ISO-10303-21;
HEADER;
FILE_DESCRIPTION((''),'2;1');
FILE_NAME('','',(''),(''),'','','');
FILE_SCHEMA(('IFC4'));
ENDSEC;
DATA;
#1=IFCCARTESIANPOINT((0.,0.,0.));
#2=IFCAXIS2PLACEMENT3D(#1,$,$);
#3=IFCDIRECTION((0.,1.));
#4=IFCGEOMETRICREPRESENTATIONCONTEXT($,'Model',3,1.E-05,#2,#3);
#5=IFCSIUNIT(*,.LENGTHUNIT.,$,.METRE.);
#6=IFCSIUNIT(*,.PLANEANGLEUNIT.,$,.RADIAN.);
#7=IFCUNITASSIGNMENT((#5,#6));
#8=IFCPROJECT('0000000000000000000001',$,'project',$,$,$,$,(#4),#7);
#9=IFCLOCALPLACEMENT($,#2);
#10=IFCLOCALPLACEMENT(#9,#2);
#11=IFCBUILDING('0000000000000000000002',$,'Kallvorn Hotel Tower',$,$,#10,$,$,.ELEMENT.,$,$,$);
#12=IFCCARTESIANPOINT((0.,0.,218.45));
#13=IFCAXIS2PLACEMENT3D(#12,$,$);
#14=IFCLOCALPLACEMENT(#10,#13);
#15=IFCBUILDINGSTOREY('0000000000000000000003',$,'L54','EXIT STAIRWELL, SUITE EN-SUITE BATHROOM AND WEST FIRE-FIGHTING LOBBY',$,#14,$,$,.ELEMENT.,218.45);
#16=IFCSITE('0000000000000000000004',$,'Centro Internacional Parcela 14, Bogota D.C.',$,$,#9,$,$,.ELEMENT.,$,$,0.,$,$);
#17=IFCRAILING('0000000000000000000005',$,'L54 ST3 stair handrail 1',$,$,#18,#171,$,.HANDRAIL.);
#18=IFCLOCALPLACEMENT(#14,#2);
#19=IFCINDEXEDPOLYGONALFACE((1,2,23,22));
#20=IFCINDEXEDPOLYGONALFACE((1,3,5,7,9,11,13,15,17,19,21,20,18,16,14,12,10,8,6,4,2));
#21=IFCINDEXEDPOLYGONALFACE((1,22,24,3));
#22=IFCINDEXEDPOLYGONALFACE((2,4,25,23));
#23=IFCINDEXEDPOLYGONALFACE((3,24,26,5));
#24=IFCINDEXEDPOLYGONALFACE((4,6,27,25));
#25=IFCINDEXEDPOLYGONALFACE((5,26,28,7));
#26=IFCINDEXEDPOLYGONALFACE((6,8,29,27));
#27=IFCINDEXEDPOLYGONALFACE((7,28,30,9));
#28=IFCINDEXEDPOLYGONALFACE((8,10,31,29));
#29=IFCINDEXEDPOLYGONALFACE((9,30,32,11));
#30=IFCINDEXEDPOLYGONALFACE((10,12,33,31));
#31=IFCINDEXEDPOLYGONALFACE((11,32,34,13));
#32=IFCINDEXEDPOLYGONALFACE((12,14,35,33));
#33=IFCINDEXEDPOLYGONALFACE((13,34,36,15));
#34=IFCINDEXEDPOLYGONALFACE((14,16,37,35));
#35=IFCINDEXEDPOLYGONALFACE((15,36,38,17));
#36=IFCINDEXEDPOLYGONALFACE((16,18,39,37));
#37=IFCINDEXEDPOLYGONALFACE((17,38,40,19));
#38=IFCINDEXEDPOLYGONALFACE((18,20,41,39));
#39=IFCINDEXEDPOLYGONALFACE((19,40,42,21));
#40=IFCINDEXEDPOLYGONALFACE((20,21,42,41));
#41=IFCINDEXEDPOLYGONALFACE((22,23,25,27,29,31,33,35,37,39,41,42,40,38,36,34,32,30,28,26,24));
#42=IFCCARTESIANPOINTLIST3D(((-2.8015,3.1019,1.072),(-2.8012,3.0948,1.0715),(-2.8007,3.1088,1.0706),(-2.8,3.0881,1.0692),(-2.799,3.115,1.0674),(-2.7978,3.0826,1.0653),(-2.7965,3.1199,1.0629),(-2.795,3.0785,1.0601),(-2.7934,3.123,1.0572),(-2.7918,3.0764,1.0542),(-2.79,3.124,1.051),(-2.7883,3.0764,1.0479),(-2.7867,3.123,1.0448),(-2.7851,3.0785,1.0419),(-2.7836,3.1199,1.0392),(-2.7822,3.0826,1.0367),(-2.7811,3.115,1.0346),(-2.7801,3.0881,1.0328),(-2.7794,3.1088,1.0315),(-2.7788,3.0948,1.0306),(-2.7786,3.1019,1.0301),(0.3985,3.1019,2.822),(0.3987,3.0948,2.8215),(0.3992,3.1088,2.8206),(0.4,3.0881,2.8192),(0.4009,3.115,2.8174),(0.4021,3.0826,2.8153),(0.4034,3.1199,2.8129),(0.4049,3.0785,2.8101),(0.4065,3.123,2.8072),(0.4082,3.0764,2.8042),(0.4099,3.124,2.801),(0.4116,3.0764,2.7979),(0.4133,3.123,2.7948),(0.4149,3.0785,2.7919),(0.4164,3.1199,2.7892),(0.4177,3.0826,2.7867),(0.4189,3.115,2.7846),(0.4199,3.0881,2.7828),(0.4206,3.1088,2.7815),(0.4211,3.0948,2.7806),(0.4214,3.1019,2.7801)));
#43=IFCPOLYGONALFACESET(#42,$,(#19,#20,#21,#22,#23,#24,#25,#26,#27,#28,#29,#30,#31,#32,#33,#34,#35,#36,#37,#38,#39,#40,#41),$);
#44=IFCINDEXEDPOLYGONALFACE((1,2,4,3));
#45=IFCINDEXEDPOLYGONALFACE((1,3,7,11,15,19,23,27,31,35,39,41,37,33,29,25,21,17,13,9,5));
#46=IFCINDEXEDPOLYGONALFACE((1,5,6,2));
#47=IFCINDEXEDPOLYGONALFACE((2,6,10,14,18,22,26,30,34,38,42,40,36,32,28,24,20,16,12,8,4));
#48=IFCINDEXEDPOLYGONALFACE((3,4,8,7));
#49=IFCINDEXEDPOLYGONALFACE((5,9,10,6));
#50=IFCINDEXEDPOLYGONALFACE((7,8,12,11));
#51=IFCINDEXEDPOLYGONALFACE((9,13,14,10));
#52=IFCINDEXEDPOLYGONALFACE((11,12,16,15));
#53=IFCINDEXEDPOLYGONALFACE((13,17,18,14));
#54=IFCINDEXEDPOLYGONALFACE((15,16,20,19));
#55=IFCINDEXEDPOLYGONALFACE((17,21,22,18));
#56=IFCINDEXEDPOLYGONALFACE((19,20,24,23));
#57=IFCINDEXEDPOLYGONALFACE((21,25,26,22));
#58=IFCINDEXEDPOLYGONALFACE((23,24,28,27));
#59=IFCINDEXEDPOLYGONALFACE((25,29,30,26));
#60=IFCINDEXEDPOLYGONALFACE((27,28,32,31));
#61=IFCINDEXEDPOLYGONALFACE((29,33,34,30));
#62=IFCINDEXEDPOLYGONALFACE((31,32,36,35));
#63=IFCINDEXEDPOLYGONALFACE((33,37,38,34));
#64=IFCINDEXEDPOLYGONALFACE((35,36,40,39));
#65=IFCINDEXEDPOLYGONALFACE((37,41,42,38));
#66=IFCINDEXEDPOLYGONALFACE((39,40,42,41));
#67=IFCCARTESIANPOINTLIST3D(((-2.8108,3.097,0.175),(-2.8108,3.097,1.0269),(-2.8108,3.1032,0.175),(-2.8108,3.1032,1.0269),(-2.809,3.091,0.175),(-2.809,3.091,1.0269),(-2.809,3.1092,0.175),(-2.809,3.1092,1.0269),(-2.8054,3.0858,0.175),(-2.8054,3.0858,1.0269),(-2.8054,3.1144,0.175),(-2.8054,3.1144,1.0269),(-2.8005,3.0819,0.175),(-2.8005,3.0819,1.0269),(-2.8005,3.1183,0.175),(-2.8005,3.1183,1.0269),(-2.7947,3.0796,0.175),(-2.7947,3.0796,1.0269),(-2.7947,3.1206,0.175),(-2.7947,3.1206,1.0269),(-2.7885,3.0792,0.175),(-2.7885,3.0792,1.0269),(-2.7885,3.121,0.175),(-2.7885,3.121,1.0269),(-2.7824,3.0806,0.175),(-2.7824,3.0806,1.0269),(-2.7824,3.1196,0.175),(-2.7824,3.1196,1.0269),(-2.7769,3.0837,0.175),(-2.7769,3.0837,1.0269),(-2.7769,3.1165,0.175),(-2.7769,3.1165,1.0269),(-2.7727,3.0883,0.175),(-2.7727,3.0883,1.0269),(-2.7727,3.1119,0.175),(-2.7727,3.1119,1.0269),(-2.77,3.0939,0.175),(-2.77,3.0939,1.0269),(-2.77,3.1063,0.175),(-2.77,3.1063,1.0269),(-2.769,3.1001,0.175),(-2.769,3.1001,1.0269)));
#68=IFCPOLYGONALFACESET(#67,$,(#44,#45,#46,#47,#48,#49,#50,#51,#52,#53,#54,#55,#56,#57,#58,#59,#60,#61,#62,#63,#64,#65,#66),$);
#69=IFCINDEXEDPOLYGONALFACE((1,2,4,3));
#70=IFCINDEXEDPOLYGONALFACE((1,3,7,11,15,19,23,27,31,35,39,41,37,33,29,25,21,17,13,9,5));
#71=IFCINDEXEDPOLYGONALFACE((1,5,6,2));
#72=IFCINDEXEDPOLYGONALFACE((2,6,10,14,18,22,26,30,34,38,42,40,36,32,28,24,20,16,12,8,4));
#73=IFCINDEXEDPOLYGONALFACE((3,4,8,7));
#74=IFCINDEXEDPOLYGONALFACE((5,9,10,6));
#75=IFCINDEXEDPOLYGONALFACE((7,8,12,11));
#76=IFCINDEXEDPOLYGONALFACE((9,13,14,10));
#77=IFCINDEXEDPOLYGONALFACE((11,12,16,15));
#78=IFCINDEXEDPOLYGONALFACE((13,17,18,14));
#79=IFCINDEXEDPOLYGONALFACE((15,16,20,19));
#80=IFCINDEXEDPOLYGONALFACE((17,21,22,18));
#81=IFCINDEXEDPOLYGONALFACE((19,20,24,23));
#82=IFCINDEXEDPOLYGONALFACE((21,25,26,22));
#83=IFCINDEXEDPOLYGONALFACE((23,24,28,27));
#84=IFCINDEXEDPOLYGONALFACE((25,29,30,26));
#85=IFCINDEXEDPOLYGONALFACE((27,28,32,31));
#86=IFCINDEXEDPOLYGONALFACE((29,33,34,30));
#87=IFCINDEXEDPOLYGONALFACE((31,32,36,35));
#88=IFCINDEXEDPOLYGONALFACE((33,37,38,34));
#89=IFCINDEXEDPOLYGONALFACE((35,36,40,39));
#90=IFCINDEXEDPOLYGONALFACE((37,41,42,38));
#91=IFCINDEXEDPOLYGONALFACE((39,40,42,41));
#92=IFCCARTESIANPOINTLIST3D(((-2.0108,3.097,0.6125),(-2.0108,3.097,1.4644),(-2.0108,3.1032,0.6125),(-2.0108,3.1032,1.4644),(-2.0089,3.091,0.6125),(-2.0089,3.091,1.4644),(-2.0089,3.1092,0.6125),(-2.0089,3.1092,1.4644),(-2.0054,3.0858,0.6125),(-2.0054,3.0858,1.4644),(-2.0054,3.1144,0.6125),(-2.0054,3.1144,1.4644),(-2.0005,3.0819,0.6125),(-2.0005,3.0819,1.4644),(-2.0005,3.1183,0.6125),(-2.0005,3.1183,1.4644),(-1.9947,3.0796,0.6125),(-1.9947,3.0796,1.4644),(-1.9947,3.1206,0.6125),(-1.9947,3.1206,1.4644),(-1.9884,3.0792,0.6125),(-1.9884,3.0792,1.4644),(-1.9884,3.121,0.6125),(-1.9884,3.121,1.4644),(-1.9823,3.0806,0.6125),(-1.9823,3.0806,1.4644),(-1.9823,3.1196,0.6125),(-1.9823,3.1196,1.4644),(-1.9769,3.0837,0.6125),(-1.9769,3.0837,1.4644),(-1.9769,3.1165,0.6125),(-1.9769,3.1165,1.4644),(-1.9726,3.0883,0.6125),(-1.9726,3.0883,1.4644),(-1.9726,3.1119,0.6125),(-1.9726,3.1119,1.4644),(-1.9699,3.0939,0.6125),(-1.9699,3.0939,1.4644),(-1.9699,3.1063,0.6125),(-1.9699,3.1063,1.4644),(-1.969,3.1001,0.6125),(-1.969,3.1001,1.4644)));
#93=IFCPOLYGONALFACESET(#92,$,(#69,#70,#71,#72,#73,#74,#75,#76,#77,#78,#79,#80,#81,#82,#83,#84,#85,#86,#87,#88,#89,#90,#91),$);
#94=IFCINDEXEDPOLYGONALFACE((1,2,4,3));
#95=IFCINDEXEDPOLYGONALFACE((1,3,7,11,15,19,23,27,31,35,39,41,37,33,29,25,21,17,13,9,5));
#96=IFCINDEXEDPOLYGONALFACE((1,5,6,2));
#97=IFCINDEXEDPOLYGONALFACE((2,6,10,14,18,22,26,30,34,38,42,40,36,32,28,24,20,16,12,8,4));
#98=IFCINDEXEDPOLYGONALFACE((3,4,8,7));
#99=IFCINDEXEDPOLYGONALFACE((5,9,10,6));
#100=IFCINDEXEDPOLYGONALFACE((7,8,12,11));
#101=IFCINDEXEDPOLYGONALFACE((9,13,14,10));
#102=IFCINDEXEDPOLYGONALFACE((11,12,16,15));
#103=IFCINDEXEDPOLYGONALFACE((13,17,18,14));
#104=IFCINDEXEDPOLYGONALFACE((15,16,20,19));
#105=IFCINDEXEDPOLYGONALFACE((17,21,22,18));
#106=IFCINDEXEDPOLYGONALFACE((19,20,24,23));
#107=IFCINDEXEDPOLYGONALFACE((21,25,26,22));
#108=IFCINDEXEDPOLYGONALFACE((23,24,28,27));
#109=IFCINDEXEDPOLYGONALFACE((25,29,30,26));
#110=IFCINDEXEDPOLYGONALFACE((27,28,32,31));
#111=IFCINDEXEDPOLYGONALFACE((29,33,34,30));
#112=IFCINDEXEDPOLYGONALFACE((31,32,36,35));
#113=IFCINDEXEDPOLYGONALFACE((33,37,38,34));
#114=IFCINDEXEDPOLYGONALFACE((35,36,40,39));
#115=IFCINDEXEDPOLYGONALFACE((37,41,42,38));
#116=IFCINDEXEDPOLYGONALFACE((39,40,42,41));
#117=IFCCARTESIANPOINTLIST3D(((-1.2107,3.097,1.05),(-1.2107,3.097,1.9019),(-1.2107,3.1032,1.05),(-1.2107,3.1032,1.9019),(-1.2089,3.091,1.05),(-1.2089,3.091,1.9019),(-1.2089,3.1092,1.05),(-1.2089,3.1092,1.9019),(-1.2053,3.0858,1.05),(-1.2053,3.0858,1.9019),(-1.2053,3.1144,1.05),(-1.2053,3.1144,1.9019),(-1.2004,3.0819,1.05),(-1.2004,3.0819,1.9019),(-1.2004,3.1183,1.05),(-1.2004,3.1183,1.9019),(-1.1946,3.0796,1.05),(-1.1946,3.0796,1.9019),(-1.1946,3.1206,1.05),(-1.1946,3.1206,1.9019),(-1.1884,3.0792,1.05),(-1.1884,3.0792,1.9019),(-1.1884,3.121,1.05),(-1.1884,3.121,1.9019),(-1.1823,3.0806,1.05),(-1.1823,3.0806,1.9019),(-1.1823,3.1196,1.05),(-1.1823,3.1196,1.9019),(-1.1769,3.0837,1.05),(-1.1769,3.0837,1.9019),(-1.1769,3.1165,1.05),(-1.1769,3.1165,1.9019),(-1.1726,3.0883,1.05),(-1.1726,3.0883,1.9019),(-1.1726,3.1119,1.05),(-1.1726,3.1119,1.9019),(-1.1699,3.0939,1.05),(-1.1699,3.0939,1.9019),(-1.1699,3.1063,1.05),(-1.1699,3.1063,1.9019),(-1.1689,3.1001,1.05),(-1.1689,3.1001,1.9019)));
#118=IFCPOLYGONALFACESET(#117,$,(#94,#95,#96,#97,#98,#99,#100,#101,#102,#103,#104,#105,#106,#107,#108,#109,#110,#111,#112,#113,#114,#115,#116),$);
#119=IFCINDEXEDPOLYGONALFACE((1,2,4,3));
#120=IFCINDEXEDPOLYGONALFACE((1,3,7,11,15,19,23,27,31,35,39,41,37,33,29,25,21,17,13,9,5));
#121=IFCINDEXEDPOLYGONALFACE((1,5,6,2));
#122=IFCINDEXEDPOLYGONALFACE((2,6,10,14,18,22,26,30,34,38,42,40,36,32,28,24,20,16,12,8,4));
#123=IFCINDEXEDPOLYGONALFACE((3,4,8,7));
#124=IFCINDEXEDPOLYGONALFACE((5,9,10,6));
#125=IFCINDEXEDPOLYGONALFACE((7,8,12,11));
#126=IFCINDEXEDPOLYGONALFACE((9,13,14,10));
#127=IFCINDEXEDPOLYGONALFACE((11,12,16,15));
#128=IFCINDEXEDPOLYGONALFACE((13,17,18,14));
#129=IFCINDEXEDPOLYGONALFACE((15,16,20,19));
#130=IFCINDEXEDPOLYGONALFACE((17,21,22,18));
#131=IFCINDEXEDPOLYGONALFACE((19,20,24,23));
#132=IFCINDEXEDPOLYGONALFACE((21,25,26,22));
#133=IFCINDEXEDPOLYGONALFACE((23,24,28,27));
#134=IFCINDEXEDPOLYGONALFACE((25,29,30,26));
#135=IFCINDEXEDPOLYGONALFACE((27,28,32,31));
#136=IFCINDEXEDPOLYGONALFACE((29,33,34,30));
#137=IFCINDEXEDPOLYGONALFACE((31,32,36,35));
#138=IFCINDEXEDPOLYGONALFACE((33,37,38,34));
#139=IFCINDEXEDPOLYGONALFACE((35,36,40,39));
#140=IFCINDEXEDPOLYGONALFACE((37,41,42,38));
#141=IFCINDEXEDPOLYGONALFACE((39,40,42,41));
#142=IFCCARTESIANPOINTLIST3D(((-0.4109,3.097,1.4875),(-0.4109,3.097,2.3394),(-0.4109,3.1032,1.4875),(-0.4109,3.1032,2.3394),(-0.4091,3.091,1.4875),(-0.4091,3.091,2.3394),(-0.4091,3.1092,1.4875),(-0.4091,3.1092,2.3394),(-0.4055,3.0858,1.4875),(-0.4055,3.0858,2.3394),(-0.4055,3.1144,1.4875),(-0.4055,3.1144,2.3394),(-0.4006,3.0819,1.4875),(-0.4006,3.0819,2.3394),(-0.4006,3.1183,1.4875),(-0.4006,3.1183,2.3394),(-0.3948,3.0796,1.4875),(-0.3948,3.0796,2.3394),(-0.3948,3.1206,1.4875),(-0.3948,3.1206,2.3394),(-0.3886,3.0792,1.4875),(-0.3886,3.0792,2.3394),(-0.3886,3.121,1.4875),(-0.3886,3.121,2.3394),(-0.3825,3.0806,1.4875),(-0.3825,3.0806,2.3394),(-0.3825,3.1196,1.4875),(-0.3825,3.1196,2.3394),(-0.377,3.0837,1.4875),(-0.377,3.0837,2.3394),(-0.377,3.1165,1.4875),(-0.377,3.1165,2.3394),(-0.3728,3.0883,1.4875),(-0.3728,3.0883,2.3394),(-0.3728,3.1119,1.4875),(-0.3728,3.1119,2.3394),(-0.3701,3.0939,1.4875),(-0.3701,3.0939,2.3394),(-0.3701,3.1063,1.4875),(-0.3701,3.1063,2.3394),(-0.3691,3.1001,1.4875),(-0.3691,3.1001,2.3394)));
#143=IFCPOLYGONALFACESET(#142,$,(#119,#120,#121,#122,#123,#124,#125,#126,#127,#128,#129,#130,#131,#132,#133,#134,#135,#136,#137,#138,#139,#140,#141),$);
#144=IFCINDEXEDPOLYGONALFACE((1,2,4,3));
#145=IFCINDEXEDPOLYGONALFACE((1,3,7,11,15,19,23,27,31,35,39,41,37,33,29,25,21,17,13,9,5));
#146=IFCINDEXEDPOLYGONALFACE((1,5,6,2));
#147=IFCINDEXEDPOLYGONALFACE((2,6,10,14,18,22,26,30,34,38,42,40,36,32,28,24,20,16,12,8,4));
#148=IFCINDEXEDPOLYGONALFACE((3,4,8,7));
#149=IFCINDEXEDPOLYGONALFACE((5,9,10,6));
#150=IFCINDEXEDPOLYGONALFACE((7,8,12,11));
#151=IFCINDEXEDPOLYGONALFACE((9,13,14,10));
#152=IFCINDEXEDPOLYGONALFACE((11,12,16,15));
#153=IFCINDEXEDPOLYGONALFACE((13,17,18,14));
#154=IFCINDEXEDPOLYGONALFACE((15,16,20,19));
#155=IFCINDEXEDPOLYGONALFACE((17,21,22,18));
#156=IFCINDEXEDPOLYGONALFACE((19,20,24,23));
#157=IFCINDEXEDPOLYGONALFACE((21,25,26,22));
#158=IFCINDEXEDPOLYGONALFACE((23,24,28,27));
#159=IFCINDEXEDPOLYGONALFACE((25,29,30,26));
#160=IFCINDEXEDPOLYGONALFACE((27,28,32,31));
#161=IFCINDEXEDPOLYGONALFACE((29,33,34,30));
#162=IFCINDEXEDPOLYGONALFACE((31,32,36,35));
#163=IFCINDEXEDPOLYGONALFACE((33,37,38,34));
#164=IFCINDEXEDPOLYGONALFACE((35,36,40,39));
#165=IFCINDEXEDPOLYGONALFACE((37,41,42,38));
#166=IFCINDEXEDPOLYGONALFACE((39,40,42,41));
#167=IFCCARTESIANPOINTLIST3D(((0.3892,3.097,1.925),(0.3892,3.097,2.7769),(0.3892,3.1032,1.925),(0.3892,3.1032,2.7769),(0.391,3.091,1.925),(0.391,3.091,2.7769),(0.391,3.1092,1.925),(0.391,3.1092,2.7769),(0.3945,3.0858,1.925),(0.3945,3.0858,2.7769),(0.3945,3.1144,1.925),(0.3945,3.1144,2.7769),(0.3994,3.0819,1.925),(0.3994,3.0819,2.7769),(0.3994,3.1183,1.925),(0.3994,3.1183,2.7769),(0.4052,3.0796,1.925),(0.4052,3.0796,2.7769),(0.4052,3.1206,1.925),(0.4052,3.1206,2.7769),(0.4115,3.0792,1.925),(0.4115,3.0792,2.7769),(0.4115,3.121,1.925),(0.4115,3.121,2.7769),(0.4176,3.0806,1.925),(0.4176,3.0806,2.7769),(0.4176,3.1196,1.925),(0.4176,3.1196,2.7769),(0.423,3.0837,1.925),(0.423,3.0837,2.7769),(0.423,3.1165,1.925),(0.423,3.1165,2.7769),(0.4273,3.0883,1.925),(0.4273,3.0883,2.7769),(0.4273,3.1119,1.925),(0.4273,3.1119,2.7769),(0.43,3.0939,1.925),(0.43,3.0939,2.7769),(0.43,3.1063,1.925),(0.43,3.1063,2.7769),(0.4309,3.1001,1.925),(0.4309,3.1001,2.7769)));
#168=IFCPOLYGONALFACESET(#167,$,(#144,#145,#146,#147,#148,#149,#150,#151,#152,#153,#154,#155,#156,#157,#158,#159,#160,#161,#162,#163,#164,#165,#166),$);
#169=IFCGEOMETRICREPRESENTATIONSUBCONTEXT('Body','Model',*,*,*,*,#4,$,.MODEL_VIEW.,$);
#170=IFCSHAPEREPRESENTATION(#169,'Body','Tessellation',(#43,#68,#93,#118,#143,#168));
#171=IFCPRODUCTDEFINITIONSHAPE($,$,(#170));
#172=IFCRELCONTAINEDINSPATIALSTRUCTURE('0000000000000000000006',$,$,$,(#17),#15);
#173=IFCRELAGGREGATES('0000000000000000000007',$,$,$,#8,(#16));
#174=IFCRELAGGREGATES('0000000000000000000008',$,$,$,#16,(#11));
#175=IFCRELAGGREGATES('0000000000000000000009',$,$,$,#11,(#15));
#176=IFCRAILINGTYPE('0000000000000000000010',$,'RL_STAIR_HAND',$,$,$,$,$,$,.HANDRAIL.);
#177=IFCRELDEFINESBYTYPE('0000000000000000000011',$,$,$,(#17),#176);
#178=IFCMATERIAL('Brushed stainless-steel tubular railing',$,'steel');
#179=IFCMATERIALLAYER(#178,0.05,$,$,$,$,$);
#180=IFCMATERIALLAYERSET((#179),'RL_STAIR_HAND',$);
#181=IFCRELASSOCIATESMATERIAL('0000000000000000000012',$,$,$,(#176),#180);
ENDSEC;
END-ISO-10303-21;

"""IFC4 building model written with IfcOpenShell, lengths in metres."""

from ifc_helpers import new_model, si_unit, direction, frame, origin, origin_2d, place, context, subcontext, project, spatial, circle, extrude, material, layer, layer_set, type_object, element, save


model = new_model("IFC4")

# Units and contexts
model_context = context("Model", 3, precision=1e-05, world=origin(), true_north=direction((0.0, 1.0)))
body_context = subcontext(model_context, "Body", "Model", "MODEL_VIEW")
ifc_project = project(units=[si_unit("LENGTHUNIT", "METRE"), si_unit("PLANEANGLEUNIT", "RADIAN")], contexts=[model_context])

# Site, building, storey
site_placement = place(None, origin())
site = spatial("IfcSite", under=ifc_project, at=site_placement, Name="Centro Internacional Parcela 14, Bogota D.C.", CompositionType="ELEMENT", RefElevation=0.0)
building_placement = place(site_placement, origin())
building = spatial("IfcBuilding", under=site, at=building_placement, Name="Kallvorn Hotel Tower", CompositionType="ELEMENT")
storey_placement = place(building_placement, frame((0.0, 0.0, 218.45)))
storey = spatial("IfcBuildingStorey", under=building, at=storey_placement, Name="L54", Description="EXIT STAIRWELL, SUITE EN-SUITE BATHROOM AND WEST FIRE-FIGHTING LOBBY", CompositionType="ELEMENT", Elevation=218.45)

# Railing
ifc_material_1 = material(Name="Brushed stainless-steel tubular railing", Category="steel")
ifc_layer_1 = layer(ifc_material_1, 0.05)
ifc_layer_set_1 = layer_set([ifc_layer_1], Name="RL_STAIR_HAND")
railing_type_1 = type_object("IfcRailingType", Name="RL_STAIR_HAND", PredefinedType="HANDRAIL", material=ifc_layer_set_1)
railing_1_placement = place(storey_placement, frame((-2.79, 3.1001, 0.175)))
element("IfcRailing", 1, at=railing_1_placement, inside=storey, type_object=railing_type_1, Name="L54 ST3 stair handrail 1", PredefinedType="HANDRAIL", context=body_context, shape_type="SweptSolid", body=[
    extrude(circle(Radius=0.0239, at=origin_2d()), frame((0.0, 0.0, 0.876), z_axis=(0.877368, 0.0, 0.479818), x_axis=(0.0, 1.0, 0.0)), (0.0, 0.0, 1.0), 3.6472),
    extrude(circle(Radius=0.021, at=origin_2d()), origin(), (0.0, 0.0, 1.0), 0.8518),
    extrude(circle(Radius=0.021, at=origin_2d()), frame((0.8, 0.0, 0.4375)), (0.0, 0.0, 1.0), 0.8518),
    extrude(circle(Radius=0.021, at=origin_2d()), frame((1.6001, 0.0, 0.875)), (0.0, 0.0, 1.0), 0.8518),
    extrude(circle(Radius=0.021, at=origin_2d()), frame((2.3999, 0.0, 1.3125)), (0.0, 0.0, 1.0), 0.8518),
    extrude(circle(Radius=0.021, at=origin_2d()), frame((3.2, 0.0, 1.75)), (0.0, 0.0, 1.0), 0.8518),
])

save(model, "model.ifc")
